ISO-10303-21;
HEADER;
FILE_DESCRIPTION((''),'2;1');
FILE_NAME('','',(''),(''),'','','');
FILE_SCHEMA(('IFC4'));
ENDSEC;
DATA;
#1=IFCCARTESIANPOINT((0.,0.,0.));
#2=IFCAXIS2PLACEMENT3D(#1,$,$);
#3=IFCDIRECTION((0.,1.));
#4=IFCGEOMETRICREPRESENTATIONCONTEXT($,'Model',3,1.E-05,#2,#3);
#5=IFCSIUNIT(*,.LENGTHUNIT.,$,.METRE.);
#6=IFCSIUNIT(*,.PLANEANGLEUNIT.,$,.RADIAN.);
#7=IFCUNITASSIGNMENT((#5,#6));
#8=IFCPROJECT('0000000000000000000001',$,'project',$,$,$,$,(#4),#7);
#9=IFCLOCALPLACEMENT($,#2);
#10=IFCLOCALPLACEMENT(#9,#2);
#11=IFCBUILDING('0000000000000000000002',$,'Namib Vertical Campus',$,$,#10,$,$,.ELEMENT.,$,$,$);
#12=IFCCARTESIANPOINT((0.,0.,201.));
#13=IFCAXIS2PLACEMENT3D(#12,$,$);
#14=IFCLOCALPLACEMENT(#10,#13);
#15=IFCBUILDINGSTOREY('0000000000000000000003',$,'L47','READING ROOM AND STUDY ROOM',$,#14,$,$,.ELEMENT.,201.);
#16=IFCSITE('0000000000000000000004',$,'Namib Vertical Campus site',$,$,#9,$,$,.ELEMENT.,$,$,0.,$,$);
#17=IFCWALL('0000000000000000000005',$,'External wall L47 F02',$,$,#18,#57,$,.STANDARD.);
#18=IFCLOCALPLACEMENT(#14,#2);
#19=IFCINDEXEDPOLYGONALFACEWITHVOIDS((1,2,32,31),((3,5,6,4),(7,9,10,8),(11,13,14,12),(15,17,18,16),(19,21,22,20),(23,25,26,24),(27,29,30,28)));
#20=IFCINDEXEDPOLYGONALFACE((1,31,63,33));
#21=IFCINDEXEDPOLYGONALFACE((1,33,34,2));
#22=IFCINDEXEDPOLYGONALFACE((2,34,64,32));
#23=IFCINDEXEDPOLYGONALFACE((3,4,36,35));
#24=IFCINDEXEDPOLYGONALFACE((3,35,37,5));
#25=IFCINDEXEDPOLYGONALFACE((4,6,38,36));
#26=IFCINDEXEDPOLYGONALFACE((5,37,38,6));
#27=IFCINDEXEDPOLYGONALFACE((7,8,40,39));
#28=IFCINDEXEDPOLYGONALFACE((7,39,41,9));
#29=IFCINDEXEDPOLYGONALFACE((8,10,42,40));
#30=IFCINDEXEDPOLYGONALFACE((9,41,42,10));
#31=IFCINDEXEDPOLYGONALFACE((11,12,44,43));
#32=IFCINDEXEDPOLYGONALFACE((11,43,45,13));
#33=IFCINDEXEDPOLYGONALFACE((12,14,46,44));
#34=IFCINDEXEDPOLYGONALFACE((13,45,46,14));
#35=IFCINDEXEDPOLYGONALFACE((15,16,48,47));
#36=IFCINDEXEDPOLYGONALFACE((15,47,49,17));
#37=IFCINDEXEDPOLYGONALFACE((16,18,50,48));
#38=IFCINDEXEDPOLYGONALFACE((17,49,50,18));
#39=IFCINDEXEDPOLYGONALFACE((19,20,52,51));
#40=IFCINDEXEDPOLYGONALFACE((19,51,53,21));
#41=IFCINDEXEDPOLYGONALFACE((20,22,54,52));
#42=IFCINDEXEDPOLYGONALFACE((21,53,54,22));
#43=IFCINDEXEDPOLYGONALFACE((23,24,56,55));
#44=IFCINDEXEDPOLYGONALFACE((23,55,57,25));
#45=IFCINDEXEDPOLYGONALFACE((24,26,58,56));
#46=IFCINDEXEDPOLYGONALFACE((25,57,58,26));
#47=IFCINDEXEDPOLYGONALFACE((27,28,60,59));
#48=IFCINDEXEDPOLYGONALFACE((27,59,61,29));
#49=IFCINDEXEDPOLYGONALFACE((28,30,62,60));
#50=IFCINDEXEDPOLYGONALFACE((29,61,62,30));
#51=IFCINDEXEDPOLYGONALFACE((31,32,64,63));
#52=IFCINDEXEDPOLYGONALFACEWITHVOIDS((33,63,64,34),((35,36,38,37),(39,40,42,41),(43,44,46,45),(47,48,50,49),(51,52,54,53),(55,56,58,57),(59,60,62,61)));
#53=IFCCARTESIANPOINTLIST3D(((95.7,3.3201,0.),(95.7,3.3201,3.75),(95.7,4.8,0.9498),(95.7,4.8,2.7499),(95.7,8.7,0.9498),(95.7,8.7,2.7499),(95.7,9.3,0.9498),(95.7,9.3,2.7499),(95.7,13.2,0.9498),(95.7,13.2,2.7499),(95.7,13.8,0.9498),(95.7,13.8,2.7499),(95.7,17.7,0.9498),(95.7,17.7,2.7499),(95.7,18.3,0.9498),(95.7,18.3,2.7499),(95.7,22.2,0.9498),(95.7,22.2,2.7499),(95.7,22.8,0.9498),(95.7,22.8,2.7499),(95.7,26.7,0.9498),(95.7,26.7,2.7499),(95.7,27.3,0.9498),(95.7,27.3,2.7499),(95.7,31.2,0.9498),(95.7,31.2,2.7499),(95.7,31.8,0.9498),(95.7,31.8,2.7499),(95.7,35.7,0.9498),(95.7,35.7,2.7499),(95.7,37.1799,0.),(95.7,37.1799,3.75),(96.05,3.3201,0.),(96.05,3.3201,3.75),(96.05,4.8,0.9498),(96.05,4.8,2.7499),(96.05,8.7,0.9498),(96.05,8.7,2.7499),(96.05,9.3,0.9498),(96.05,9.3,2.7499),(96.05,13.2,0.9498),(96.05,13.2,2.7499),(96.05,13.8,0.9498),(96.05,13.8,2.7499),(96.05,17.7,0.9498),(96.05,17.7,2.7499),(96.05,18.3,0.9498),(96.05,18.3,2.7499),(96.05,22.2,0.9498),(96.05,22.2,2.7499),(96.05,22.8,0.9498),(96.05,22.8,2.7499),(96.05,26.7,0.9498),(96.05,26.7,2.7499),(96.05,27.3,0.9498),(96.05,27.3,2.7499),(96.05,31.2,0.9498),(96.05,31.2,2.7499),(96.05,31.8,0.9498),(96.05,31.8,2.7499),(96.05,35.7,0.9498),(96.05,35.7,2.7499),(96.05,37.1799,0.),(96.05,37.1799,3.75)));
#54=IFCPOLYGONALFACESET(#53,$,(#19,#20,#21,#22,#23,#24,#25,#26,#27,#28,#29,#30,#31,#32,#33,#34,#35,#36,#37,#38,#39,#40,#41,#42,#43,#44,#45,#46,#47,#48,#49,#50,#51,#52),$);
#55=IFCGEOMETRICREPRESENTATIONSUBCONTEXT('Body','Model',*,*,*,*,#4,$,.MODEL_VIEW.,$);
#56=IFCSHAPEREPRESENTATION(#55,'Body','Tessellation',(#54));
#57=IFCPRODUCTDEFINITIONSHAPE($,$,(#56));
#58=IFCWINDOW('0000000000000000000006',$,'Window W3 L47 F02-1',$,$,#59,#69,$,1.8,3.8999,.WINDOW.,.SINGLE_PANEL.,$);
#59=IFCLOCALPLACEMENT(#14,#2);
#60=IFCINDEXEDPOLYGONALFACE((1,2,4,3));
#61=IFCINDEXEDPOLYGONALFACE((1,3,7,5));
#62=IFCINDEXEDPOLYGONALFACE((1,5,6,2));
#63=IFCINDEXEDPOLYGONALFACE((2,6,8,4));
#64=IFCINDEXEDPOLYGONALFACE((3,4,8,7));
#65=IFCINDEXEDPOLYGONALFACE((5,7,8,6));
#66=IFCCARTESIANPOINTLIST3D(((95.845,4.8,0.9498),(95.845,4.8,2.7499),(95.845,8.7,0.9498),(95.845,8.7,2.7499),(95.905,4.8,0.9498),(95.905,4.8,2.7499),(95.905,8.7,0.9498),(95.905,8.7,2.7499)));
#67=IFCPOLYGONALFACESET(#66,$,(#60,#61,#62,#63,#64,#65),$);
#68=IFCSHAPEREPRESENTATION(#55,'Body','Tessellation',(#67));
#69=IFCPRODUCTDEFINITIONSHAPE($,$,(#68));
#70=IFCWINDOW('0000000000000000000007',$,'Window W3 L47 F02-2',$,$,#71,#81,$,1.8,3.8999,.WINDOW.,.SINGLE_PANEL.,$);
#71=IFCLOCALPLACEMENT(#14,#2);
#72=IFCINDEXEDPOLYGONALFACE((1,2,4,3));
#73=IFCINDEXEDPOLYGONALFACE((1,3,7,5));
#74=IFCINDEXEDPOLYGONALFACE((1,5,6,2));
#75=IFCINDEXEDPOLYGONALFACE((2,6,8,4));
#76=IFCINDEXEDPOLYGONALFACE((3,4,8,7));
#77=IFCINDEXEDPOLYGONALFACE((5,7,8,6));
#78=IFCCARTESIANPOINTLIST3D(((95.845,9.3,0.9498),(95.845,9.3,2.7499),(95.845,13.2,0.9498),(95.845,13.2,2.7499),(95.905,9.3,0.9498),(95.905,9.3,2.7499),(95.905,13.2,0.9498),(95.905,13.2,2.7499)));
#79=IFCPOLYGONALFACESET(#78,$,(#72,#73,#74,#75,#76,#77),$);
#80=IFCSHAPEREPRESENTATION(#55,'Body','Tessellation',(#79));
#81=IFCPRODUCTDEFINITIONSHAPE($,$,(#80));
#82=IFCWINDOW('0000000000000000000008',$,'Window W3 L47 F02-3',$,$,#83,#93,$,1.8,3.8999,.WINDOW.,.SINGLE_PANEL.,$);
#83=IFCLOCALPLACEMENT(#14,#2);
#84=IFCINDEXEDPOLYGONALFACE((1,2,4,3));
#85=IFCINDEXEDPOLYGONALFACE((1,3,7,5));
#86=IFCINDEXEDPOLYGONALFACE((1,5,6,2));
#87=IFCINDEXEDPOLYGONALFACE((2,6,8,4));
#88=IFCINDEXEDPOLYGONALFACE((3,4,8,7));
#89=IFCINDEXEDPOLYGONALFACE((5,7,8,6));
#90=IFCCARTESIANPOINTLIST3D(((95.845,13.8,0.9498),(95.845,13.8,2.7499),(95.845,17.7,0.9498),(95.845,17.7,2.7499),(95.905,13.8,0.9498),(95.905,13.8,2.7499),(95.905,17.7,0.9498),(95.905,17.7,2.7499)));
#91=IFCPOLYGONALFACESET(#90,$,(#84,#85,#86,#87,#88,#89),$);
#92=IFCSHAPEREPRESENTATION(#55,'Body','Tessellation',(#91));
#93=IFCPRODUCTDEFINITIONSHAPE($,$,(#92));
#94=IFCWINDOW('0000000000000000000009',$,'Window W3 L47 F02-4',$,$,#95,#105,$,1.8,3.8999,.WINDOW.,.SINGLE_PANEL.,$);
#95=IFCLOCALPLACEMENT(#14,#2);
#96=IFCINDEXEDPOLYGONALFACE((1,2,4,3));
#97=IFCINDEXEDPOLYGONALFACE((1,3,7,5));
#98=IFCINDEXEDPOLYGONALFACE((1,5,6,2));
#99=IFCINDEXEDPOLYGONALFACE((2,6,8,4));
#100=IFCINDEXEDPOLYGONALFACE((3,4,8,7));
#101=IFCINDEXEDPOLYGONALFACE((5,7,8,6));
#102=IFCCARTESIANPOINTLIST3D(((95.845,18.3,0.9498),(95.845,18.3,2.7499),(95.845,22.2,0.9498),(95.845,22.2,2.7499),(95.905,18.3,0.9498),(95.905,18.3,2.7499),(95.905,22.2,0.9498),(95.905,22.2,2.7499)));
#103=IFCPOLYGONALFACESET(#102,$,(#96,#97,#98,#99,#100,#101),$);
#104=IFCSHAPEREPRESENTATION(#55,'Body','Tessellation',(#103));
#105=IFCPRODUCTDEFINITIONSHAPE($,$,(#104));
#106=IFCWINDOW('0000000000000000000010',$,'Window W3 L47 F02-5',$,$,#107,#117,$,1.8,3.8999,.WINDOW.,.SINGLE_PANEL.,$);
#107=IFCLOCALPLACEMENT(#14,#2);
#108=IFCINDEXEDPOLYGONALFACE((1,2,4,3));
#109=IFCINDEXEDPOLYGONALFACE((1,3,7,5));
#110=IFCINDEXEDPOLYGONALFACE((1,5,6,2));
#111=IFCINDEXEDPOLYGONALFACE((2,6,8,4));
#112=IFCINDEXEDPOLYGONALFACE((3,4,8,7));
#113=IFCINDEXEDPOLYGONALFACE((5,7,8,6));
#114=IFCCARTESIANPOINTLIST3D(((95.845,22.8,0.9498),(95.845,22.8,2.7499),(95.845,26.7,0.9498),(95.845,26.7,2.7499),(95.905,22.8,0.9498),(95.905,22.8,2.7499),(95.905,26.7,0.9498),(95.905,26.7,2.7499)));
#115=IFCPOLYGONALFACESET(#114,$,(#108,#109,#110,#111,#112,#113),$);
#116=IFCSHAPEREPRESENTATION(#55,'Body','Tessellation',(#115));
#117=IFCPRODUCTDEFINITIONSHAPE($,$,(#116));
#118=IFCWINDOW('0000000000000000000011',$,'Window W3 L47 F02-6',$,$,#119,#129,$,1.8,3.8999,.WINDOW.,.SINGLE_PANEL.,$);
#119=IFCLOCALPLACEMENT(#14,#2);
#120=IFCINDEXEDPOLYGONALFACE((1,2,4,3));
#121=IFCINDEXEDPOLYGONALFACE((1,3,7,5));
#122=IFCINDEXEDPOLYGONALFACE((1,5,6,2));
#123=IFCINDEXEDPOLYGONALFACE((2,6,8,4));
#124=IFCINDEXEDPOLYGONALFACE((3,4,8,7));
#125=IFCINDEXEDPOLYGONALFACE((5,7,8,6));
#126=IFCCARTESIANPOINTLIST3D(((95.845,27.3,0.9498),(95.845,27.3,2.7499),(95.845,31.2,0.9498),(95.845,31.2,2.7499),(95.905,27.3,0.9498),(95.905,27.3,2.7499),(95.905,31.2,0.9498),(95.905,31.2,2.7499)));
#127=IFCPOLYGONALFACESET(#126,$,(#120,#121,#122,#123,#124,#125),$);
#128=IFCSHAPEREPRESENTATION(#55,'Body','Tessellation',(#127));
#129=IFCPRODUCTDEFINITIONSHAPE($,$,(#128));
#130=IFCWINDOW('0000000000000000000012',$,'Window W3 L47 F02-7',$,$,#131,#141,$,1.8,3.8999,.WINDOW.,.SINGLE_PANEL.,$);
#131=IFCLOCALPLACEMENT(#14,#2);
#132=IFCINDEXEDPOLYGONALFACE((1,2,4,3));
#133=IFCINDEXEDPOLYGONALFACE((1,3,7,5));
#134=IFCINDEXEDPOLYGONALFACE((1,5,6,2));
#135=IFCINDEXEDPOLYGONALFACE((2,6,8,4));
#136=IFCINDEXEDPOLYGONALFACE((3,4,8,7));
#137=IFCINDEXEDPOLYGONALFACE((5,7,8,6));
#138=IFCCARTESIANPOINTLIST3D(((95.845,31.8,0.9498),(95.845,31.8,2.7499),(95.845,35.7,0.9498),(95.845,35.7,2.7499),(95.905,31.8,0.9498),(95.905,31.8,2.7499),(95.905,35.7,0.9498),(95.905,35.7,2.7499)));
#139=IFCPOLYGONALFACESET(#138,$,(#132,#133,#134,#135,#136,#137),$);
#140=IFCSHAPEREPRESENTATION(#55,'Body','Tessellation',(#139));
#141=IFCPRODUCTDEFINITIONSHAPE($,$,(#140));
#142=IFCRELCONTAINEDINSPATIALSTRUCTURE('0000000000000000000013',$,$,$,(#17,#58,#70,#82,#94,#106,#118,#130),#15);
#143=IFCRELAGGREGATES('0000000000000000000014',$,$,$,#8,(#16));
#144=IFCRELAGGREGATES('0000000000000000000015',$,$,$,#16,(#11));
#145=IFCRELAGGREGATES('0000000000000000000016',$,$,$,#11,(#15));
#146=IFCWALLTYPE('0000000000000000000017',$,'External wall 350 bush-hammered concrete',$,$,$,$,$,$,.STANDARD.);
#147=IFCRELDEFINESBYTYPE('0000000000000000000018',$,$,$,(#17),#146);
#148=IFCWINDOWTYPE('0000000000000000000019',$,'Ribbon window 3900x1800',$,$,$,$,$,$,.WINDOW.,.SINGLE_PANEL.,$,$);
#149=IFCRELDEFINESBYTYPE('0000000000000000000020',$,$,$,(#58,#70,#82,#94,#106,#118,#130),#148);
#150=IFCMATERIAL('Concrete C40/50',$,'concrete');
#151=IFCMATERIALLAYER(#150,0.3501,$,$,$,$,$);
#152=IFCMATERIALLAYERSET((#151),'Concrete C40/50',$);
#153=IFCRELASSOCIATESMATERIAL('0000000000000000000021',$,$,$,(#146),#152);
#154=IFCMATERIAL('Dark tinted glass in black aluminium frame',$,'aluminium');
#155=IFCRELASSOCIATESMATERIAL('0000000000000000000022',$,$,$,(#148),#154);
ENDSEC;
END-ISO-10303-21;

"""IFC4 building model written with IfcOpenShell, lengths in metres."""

from ifc_helpers import new_model, si_unit, direction, frame, frame_2d, origin, place, context, subcontext, project, spatial, rectangle, extrude, material, layer, layer_set, type_object, element, fill, save


model = new_model("IFC4")

# Units and contexts
model_context = context("Model", 3, precision=1e-05, world=origin(), true_north=direction((0.0, 1.0)))
body_context = subcontext(model_context, "Body", "Model", "MODEL_VIEW")
ifc_project = project(units=[si_unit("LENGTHUNIT", "METRE"), si_unit("PLANEANGLEUNIT", "RADIAN")], contexts=[model_context])

# Site, building, storey
site_placement = place(None, origin())
site = spatial("IfcSite", under=ifc_project, at=site_placement, Name="Namib Vertical Campus site", CompositionType="ELEMENT", RefElevation=0.0)
building_placement = place(site_placement, origin())
building = spatial("IfcBuilding", under=site, at=building_placement, Name="Namib Vertical Campus", CompositionType="ELEMENT")
storey_placement = place(building_placement, frame((0.0, 0.0, 201.0)))
storey = spatial("IfcBuildingStorey", under=building, at=storey_placement, Name="L47", Description="READING ROOM AND STUDY ROOM", CompositionType="ELEMENT", Elevation=201.0)

# Wall, openings, windows
ifc_material_1 = material(Name="Concrete C40/50", Category="concrete")
ifc_layer_1 = layer(ifc_material_1, 0.3501)
ifc_layer_set_1 = layer_set([ifc_layer_1], Name="Concrete C40/50")
wall_type_1 = type_object("IfcWallType", Name="External wall 350 bush-hammered concrete", PredefinedType="STANDARD", material=ifc_layer_set_1)
wall_1_placement = place(storey_placement, frame((95.875, 3.3201, 0.0), z_axis=(0.0, 0.0, 1.0), x_axis=(0.0, 1.0, 0.0)))
wall_1 = element("IfcWall", 1, at=wall_1_placement, inside=storey, type_object=wall_type_1, Name="External wall L47 F02", PredefinedType="STANDARD", context=body_context, shape_type="SweptSolid", body=[
    extrude(rectangle(XDim=33.8599, YDim=0.3501, at=frame_2d((16.9299, 0.0))), origin(), (0.0, 0.0, 1.0), 3.75),
])
opening_1_placement = place(wall_1_placement, frame((1.48, 0.0, 0.95)))
opening_1 = element("IfcOpeningElement", 2, at=opening_1_placement, cuts=wall_1, PredefinedType="OPENING", context=body_context, shape_type="SweptSolid", body=[
    extrude(rectangle(XDim=3.8999, YDim=1.8, at=frame_2d((1.95, 0.8999))), frame((0.0, 0.1851, 0.0), z_axis=(0.0, -1.0, 0.0), x_axis=(1.0, 0.0, 0.0)), (0.0, 0.0, 1.0), 0.3701),
])
opening_2_placement = place(wall_1_placement, frame((5.98, 0.0, 0.95)))
opening_2 = element("IfcOpeningElement", 3, at=opening_2_placement, cuts=wall_1, PredefinedType="OPENING", context=body_context, shape_type="SweptSolid", body=[
    extrude(rectangle(XDim=3.8999, YDim=1.8, at=frame_2d((1.95, 0.8999))), frame((0.0, 0.1851, 0.0), z_axis=(0.0, -1.0, 0.0), x_axis=(1.0, 0.0, 0.0)), (0.0, 0.0, 1.0), 0.3701),
])
opening_3_placement = place(wall_1_placement, frame((10.48, 0.0, 0.95)))
opening_3 = element("IfcOpeningElement", 4, at=opening_3_placement, cuts=wall_1, PredefinedType="OPENING", context=body_context, shape_type="SweptSolid", body=[
    extrude(rectangle(XDim=3.8999, YDim=1.8, at=frame_2d((1.95, 0.8999))), frame((0.0, 0.1851, 0.0), z_axis=(0.0, -1.0, 0.0), x_axis=(1.0, 0.0, 0.0)), (0.0, 0.0, 1.0), 0.3701),
])
opening_4_placement = place(wall_1_placement, frame((14.98, 0.0, 0.95)))
opening_4 = element("IfcOpeningElement", 5, at=opening_4_placement, cuts=wall_1, PredefinedType="OPENING", context=body_context, shape_type="SweptSolid", body=[
    extrude(rectangle(XDim=3.8999, YDim=1.8, at=frame_2d((1.95, 0.8999))), frame((0.0, 0.1851, 0.0), z_axis=(0.0, -1.0, 0.0), x_axis=(1.0, 0.0, 0.0)), (0.0, 0.0, 1.0), 0.3701),
])
opening_5_placement = place(wall_1_placement, frame((19.48, 0.0, 0.95)))
opening_5 = element("IfcOpeningElement", 6, at=opening_5_placement, cuts=wall_1, PredefinedType="OPENING", context=body_context, shape_type="SweptSolid", body=[
    extrude(rectangle(XDim=3.8999, YDim=1.8, at=frame_2d((1.95, 0.8999))), frame((0.0, 0.1851, 0.0), z_axis=(0.0, -1.0, 0.0), x_axis=(1.0, 0.0, 0.0)), (0.0, 0.0, 1.0), 0.3701),
])
opening_6_placement = place(wall_1_placement, frame((23.98, 0.0, 0.95)))
opening_6 = element("IfcOpeningElement", 7, at=opening_6_placement, cuts=wall_1, PredefinedType="OPENING", context=body_context, shape_type="SweptSolid", body=[
    extrude(rectangle(XDim=3.8999, YDim=1.8, at=frame_2d((1.95, 0.8999))), frame((0.0, 0.1851, 0.0), z_axis=(0.0, -1.0, 0.0), x_axis=(1.0, 0.0, 0.0)), (0.0, 0.0, 1.0), 0.3701),
])
opening_7_placement = place(wall_1_placement, frame((28.48, 0.0, 0.95)))
opening_7 = element("IfcOpeningElement", 8, at=opening_7_placement, cuts=wall_1, PredefinedType="OPENING", context=body_context, shape_type="SweptSolid", body=[
    extrude(rectangle(XDim=3.8999, YDim=1.8, at=frame_2d((1.95, 0.8999))), frame((0.0, 0.1851, 0.0), z_axis=(0.0, -1.0, 0.0), x_axis=(1.0, 0.0, 0.0)), (0.0, 0.0, 1.0), 0.3701),
])
ifc_material_2 = material(Name="Dark tinted glass in black aluminium frame", Category="aluminium")
window_type = type_object("IfcWindowType", Name="Ribbon window 3900x1800", PartitioningType="SINGLE_PANEL", PredefinedType="WINDOW", material=ifc_material_2)
window_1_placement = place(opening_1_placement, origin())
window_1 = element("IfcWindow", 9, at=window_1_placement, inside=storey, type_object=window_type, Name="Window W3 L47 F02-1", OverallHeight=1.8, OverallWidth=3.8999, PartitioningType="SINGLE_PANEL", PredefinedType="WINDOW", context=body_context, shape_type="SweptSolid", body=[
    extrude(rectangle(XDim=3.8999, YDim=1.8, at=frame_2d((1.95, 0.8999))), frame((0.0, 0.03, 0.0), z_axis=(0.0, -1.0, 0.0), x_axis=(1.0, 0.0, 0.0)), (0.0, 0.0, 1.0), 0.0601),
])
fill(opening_1, window_1)
window_2_placement = place(opening_2_placement, origin())
window_2 = element("IfcWindow", 10, at=window_2_placement, inside=storey, type_object=window_type, Name="Window W3 L47 F02-2", OverallHeight=1.8, OverallWidth=3.8999, PartitioningType="SINGLE_PANEL", PredefinedType="WINDOW", context=body_context, shape_type="SweptSolid", body=[
    extrude(rectangle(XDim=3.8999, YDim=1.8, at=frame_2d((1.95, 0.8999))), frame((0.0, 0.03, 0.0), z_axis=(0.0, -1.0, 0.0), x_axis=(1.0, 0.0, 0.0)), (0.0, 0.0, 1.0), 0.0601),
])
fill(opening_2, window_2)
window_3_placement = place(opening_3_placement, origin())
window_3 = element("IfcWindow", 11, at=window_3_placement, inside=storey, type_object=window_type, Name="Window W3 L47 F02-3", OverallHeight=1.8, OverallWidth=3.8999, PartitioningType="SINGLE_PANEL", PredefinedType="WINDOW", context=body_context, shape_type="SweptSolid", body=[
    extrude(rectangle(XDim=3.8999, YDim=1.8, at=frame_2d((1.95, 0.8999))), frame((0.0, 0.03, 0.0), z_axis=(0.0, -1.0, 0.0), x_axis=(1.0, 0.0, 0.0)), (0.0, 0.0, 1.0), 0.0601),
])
fill(opening_3, window_3)
window_4_placement = place(opening_4_placement, origin())
window_4 = element("IfcWindow", 12, at=window_4_placement, inside=storey, type_object=window_type, Name="Window W3 L47 F02-4", OverallHeight=1.8, OverallWidth=3.8999, PartitioningType="SINGLE_PANEL", PredefinedType="WINDOW", context=body_context, shape_type="SweptSolid", body=[
    extrude(rectangle(XDim=3.8999, YDim=1.8, at=frame_2d((1.95, 0.8999))), frame((0.0, 0.03, 0.0), z_axis=(0.0, -1.0, 0.0), x_axis=(1.0, 0.0, 0.0)), (0.0, 0.0, 1.0), 0.0601),
])
fill(opening_4, window_4)
window_5_placement = place(opening_5_placement, origin())
window_5 = element("IfcWindow", 13, at=window_5_placement, inside=storey, type_object=window_type, Name="Window W3 L47 F02-5", OverallHeight=1.8, OverallWidth=3.8999, PartitioningType="SINGLE_PANEL", PredefinedType="WINDOW", context=body_context, shape_type="SweptSolid", body=[
    extrude(rectangle(XDim=3.8999, YDim=1.8, at=frame_2d((1.95, 0.8999))), frame((0.0, 0.03, 0.0), z_axis=(0.0, -1.0, 0.0), x_axis=(1.0, 0.0, 0.0)), (0.0, 0.0, 1.0), 0.0601),
])
fill(opening_5, window_5)
window_6_placement = place(opening_6_placement, origin())
window_6 = element("IfcWindow", 14, at=window_6_placement, inside=storey, type_object=window_type, Name="Window W3 L47 F02-6", OverallHeight=1.8, OverallWidth=3.8999, PartitioningType="SINGLE_PANEL", PredefinedType="WINDOW", context=body_context, shape_type="SweptSolid", body=[
    extrude(rectangle(XDim=3.8999, YDim=1.8, at=frame_2d((1.95, 0.8999))), frame((0.0, 0.03, 0.0), z_axis=(0.0, -1.0, 0.0), x_axis=(1.0, 0.0, 0.0)), (0.0, 0.0, 1.0), 0.0601),
])
fill(opening_6, window_6)
window_7_placement = place(opening_7_placement, origin())
window_7 = element("IfcWindow", 15, at=window_7_placement, inside=storey, type_object=window_type, Name="Window W3 L47 F02-7", OverallHeight=1.8, OverallWidth=3.8999, PartitioningType="SINGLE_PANEL", PredefinedType="WINDOW", context=body_context, shape_type="SweptSolid", body=[
    extrude(rectangle(XDim=3.8999, YDim=1.8, at=frame_2d((1.95, 0.8999))), frame((0.0, 0.03, 0.0), z_axis=(0.0, -1.0, 0.0), x_axis=(1.0, 0.0, 0.0)), (0.0, 0.0, 1.0), 0.0601),
])
fill(opening_7, window_7)

save(model, "model.ifc")
